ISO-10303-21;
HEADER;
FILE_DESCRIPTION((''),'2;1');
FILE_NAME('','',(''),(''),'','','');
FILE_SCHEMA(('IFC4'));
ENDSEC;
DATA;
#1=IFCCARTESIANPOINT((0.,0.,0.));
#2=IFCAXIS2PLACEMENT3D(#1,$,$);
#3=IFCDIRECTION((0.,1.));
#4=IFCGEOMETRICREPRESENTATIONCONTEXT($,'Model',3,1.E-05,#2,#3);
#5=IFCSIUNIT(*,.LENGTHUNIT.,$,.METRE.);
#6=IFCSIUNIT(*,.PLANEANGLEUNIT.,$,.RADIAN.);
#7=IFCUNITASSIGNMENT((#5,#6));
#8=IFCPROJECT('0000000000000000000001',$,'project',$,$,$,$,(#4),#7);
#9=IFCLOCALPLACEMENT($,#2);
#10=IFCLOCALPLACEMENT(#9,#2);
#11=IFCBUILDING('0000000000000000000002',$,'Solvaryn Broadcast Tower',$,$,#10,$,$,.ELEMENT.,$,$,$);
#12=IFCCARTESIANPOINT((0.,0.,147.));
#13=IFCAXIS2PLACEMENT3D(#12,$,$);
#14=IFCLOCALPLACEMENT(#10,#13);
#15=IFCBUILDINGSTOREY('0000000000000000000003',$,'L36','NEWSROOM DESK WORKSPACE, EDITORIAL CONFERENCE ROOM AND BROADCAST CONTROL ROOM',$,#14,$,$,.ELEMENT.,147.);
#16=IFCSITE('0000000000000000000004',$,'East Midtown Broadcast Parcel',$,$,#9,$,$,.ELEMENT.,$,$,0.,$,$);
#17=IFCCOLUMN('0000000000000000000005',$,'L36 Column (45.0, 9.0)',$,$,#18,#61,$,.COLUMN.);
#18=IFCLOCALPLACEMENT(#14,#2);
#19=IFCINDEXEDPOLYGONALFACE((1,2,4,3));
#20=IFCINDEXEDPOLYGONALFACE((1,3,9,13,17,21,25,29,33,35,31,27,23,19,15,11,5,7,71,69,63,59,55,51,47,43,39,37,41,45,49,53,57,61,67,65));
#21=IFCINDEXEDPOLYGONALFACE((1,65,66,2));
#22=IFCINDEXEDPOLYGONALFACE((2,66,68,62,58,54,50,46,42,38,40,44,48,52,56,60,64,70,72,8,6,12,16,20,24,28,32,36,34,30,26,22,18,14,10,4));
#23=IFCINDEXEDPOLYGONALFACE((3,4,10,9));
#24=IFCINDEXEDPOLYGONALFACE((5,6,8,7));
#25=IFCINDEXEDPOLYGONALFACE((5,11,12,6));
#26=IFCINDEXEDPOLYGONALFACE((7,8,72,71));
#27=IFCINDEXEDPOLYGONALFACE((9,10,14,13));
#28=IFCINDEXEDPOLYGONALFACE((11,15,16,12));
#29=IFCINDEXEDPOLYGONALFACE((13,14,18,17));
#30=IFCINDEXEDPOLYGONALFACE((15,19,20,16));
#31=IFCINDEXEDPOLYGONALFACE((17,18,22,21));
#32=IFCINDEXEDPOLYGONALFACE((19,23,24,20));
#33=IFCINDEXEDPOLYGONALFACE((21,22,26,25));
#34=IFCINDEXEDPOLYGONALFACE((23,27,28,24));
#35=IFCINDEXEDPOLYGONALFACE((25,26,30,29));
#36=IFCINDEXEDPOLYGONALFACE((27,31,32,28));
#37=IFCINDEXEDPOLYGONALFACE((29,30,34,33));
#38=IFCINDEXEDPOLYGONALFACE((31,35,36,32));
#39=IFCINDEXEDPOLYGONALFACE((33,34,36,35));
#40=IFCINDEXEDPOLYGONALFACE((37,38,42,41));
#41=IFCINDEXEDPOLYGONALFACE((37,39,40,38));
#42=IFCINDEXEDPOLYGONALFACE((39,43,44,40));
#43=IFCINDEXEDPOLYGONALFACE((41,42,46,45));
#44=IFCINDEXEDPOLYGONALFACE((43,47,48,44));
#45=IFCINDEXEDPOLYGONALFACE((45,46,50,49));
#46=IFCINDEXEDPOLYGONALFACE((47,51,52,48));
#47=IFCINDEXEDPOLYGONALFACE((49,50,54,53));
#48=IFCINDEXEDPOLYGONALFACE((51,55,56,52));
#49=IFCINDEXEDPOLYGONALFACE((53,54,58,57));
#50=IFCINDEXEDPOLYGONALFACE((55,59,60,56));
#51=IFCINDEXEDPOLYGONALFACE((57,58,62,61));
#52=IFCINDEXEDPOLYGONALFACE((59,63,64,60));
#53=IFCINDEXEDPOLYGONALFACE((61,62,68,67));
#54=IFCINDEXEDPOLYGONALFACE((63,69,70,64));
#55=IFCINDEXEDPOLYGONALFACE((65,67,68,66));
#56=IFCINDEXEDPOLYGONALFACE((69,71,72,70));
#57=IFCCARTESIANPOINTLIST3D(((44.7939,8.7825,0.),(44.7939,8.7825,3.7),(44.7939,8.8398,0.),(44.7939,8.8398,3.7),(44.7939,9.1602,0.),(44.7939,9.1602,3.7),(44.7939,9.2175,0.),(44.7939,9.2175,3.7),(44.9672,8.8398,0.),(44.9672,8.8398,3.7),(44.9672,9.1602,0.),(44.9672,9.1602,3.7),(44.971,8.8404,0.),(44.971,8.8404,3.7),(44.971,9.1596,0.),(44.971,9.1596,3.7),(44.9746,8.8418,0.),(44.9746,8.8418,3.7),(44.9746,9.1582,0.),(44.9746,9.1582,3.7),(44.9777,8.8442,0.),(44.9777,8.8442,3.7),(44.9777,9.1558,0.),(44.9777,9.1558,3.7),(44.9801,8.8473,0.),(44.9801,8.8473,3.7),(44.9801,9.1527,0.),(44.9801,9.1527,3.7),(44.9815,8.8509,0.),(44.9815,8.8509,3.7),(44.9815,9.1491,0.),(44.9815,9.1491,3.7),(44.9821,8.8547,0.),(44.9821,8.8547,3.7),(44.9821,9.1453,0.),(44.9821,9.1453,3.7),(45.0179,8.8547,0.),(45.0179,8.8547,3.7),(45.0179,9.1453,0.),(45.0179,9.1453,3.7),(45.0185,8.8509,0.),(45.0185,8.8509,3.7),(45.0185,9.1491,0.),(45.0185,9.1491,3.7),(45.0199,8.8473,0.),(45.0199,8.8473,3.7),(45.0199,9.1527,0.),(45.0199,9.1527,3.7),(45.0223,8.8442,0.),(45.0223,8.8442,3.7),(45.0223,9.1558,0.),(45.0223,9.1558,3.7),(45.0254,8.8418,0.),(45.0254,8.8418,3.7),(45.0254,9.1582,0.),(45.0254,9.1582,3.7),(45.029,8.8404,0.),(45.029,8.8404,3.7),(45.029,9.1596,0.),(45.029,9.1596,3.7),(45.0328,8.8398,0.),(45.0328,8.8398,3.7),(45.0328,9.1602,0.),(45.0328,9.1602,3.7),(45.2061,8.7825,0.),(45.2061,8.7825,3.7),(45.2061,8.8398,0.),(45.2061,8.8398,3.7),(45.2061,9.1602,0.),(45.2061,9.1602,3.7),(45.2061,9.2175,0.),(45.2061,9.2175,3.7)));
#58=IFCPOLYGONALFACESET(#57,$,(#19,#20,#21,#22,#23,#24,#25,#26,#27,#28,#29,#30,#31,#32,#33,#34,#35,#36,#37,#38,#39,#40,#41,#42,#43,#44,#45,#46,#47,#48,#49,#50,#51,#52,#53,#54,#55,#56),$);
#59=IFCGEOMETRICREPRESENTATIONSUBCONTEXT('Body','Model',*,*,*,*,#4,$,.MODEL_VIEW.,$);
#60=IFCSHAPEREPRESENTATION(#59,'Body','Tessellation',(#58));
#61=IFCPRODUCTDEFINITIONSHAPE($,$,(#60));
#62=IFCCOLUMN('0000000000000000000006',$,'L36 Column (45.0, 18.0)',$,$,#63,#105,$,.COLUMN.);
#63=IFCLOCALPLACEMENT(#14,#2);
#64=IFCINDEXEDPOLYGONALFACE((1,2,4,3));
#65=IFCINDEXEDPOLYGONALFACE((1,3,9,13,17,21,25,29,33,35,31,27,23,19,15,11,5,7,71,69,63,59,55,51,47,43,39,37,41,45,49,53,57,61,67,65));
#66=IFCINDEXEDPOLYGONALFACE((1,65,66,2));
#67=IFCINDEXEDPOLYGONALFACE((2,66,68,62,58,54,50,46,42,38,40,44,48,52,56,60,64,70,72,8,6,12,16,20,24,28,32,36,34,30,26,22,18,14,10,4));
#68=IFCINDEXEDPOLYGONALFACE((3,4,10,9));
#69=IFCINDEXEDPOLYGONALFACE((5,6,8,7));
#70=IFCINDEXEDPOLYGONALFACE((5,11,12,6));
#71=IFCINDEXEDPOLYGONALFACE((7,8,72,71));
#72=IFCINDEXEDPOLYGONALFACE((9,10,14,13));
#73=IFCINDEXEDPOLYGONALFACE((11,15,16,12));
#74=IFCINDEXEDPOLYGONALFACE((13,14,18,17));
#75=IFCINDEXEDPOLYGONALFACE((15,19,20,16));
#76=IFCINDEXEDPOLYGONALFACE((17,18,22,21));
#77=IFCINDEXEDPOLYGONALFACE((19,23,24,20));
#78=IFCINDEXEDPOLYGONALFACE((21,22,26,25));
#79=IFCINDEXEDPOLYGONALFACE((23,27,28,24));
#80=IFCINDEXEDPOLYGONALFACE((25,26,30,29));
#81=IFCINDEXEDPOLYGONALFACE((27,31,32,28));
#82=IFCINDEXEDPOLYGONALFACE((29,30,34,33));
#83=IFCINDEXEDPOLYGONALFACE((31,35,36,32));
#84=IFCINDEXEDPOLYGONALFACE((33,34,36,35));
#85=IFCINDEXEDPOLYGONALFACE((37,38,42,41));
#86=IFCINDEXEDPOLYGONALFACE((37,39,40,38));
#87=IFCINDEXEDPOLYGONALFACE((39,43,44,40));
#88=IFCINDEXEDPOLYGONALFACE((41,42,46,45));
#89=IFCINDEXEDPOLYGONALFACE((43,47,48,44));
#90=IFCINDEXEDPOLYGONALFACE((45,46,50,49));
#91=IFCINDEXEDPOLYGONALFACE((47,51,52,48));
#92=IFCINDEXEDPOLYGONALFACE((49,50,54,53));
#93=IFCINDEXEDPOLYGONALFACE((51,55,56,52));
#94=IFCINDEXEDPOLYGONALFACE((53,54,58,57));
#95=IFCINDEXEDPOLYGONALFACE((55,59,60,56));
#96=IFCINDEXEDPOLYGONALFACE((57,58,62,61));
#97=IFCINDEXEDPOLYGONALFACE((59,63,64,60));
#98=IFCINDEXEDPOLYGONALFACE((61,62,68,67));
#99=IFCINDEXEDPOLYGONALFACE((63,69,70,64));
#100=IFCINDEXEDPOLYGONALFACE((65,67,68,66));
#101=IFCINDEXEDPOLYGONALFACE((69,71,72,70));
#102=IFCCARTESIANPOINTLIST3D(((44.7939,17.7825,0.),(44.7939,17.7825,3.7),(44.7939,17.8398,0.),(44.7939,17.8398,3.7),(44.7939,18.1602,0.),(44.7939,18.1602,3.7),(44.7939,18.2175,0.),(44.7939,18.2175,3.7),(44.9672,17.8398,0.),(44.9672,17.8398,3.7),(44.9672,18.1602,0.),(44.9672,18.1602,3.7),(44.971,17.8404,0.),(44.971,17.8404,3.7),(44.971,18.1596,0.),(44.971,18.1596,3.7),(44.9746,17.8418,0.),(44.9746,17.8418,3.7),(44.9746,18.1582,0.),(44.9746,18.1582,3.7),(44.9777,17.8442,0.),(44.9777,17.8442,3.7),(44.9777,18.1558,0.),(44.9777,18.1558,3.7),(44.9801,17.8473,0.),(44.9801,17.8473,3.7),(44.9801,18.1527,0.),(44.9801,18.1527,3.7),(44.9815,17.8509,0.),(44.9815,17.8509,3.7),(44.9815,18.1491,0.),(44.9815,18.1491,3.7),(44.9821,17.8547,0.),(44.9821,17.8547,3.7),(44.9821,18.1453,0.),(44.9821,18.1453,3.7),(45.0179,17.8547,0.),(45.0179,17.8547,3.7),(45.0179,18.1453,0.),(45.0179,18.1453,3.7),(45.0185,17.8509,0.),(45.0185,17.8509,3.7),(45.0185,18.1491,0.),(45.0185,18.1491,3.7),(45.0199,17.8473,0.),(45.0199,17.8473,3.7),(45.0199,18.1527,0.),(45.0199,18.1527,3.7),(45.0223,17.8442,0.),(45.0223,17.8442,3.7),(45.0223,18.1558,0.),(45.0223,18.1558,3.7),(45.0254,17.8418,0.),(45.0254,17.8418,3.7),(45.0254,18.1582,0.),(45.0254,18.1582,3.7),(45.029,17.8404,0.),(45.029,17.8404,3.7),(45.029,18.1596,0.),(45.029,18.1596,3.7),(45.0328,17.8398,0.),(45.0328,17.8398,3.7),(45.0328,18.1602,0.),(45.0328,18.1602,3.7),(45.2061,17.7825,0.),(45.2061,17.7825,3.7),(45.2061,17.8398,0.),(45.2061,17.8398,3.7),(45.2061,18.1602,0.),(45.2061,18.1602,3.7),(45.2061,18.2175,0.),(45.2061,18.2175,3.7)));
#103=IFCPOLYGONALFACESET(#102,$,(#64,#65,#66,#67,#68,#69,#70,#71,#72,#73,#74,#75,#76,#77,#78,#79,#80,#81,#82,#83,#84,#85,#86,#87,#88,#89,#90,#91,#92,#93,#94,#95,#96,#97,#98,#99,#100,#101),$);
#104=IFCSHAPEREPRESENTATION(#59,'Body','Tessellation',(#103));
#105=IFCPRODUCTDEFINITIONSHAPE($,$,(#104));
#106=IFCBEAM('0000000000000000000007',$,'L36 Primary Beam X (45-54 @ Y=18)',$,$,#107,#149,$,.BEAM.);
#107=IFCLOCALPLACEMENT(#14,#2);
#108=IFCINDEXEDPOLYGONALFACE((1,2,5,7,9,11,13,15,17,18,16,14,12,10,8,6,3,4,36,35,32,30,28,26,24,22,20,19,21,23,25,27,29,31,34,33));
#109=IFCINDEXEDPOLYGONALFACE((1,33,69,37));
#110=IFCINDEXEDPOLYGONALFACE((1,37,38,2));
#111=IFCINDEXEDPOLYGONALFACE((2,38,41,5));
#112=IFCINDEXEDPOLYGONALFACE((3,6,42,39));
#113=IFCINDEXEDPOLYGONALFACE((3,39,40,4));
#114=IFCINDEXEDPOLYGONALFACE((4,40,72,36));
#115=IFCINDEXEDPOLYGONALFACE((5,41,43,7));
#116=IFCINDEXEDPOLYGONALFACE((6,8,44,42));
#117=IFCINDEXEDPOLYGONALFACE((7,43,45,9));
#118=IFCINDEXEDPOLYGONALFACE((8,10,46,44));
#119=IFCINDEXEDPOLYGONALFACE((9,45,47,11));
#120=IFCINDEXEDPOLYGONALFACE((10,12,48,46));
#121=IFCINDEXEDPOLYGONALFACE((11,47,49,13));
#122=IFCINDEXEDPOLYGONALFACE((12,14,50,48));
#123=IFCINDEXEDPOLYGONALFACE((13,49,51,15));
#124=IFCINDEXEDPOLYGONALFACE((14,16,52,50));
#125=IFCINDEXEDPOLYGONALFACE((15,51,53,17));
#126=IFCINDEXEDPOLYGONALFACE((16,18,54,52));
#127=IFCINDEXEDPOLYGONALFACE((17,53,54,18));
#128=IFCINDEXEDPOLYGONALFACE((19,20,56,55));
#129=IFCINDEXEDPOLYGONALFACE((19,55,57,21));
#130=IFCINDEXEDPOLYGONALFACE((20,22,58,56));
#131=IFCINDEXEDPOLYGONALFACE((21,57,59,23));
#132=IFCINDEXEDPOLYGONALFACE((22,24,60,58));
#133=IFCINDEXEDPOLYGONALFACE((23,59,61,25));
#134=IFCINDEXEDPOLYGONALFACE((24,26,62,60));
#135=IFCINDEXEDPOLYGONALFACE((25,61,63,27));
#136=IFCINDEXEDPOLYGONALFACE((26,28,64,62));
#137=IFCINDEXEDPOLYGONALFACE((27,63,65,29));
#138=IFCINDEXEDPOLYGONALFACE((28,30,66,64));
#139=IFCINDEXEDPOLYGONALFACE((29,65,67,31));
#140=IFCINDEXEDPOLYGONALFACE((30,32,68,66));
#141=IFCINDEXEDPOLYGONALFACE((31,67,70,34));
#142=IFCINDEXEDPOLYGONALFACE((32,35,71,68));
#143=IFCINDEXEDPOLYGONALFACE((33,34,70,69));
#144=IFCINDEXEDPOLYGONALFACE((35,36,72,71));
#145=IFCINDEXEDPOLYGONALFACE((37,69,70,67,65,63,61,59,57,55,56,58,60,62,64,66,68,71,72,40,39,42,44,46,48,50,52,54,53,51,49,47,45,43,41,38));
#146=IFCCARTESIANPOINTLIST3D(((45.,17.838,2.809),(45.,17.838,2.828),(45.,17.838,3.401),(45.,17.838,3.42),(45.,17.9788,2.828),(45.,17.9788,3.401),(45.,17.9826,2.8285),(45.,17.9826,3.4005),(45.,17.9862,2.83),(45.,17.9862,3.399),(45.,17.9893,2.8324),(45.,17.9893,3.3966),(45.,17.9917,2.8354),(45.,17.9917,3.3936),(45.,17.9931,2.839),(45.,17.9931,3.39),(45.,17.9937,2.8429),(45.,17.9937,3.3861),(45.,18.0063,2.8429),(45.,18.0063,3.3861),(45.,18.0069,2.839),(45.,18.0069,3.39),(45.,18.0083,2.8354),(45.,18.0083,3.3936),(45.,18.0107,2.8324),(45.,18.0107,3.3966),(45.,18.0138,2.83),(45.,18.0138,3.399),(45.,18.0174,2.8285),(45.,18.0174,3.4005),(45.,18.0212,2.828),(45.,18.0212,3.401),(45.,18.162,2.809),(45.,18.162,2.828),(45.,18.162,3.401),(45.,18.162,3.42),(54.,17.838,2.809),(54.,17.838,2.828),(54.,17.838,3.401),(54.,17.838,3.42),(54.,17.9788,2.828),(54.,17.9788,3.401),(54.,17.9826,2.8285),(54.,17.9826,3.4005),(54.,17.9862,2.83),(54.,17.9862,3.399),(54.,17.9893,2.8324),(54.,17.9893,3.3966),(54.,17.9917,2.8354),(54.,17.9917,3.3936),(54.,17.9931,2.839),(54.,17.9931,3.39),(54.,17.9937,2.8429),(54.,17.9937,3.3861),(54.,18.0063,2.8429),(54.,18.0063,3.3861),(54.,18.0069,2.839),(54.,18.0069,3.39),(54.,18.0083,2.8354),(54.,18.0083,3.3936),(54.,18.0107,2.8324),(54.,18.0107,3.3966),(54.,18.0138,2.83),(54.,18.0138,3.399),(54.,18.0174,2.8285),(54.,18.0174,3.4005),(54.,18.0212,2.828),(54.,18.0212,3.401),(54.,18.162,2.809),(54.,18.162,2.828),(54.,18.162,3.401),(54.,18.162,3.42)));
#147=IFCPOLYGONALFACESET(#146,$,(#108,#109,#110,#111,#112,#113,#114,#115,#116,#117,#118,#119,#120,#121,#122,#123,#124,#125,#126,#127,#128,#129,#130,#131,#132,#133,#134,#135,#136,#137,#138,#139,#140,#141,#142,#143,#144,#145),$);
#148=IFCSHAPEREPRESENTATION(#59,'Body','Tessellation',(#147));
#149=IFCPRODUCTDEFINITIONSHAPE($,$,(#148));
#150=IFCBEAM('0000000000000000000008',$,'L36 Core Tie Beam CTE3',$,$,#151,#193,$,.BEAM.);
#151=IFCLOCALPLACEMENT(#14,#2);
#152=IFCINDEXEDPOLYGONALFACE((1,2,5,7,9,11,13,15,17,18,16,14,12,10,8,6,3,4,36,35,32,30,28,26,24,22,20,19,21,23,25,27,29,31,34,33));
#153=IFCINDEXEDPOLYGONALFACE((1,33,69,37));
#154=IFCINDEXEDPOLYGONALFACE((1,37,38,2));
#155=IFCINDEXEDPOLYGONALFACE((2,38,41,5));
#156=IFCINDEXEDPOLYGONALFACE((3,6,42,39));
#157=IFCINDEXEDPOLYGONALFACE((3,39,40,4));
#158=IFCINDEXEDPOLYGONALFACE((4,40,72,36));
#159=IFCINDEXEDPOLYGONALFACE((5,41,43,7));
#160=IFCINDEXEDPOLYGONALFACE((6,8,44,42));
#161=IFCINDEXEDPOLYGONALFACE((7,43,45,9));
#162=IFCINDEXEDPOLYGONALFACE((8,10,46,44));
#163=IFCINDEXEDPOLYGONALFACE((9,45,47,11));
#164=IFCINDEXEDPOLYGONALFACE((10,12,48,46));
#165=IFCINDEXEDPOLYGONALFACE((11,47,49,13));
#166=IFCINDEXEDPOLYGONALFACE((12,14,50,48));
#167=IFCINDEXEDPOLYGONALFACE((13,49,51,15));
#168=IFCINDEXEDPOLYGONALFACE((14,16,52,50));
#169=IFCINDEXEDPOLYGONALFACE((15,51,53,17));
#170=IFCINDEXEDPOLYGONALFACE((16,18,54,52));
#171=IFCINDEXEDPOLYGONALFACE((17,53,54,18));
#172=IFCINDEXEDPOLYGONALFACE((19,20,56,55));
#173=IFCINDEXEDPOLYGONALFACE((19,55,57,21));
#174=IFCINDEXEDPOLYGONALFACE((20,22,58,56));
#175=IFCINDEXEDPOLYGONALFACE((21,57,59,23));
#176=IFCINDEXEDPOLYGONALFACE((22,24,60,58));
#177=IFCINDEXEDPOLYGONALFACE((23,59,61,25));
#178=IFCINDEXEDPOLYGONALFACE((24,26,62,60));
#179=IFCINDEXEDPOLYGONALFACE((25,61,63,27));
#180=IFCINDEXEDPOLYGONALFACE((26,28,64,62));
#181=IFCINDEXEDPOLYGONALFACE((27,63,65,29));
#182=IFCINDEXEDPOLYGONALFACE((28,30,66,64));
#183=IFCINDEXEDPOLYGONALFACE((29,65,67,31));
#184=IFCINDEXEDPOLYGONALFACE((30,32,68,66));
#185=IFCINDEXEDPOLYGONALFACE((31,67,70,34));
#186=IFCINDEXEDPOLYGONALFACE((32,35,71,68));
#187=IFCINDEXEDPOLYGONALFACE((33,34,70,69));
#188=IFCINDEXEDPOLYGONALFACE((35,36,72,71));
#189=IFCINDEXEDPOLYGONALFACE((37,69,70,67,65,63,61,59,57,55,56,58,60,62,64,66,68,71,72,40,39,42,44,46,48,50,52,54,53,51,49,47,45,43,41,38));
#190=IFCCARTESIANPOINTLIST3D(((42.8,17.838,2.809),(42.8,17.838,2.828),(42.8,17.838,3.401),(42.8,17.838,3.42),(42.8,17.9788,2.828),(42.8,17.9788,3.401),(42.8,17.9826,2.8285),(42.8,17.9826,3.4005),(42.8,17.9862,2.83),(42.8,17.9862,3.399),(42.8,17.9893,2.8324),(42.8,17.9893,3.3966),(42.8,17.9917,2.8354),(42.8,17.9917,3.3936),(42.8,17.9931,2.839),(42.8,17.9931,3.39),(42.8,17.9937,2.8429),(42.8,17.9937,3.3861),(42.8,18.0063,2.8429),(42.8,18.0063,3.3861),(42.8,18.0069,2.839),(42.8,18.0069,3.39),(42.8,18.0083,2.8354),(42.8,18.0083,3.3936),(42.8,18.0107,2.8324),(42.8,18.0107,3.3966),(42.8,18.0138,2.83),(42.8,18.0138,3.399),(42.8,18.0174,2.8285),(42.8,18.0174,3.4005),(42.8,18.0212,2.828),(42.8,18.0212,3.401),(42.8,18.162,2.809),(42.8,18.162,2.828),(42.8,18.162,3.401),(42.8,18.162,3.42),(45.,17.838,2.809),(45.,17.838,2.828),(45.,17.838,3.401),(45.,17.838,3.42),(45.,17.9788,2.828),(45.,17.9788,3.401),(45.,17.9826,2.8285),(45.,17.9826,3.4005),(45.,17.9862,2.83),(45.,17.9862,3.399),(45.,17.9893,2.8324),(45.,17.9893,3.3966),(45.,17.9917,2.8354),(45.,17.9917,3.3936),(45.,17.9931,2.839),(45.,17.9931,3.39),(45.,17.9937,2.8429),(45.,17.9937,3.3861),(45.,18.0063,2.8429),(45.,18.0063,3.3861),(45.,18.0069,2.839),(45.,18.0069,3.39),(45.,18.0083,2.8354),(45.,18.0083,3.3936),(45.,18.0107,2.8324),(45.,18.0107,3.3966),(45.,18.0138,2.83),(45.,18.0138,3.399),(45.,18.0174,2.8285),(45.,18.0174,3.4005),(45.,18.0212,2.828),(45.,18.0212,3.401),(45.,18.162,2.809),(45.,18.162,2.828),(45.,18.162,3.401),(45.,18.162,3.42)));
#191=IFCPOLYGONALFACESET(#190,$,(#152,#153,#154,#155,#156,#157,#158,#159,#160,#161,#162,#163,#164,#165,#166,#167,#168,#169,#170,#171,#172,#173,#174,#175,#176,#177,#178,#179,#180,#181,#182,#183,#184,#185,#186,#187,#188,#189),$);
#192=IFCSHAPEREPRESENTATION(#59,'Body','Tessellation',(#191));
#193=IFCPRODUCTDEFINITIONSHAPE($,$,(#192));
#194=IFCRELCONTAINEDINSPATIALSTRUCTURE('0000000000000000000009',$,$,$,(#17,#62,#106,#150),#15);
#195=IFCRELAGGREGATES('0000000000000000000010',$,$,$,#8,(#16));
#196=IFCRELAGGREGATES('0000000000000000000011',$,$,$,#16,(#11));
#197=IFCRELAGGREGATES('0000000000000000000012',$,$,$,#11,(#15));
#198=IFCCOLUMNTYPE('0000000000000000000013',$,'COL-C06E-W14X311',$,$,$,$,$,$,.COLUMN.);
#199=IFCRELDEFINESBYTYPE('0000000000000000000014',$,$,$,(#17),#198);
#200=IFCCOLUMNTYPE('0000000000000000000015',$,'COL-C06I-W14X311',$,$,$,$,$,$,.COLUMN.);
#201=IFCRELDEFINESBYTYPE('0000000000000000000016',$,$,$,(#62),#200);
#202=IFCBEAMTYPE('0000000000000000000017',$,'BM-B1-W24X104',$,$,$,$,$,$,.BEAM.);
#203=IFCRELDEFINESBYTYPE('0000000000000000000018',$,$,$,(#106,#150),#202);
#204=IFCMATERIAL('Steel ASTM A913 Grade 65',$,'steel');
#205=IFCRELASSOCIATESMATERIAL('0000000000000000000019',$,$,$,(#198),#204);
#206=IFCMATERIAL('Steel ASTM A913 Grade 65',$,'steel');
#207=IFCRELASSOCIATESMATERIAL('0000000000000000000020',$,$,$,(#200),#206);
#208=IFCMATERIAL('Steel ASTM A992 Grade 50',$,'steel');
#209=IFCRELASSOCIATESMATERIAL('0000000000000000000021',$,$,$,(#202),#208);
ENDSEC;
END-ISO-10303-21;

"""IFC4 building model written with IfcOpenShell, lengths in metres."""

from ifc_helpers import new_model, si_unit, direction, frame, origin, origin_2d, place, context, subcontext, project, spatial, i_section, extrude, material, material_profile, profile_set, type_object, element, save


model = new_model("IFC4")

# Units and contexts
model_context = context("Model", 3, precision=1e-05, world=origin(), true_north=direction((0.0, 1.0)))
body_context = subcontext(model_context, "Body", "Model", "MODEL_VIEW")
ifc_project = project(units=[si_unit("LENGTHUNIT", "METRE"), si_unit("PLANEANGLEUNIT", "RADIAN")], contexts=[model_context])

# Site, building, storey
site_placement = place(None, origin())
site = spatial("IfcSite", under=ifc_project, at=site_placement, Name="East Midtown Broadcast Parcel", CompositionType="ELEMENT", RefElevation=0.0)
building_placement = place(site_placement, origin())
building = spatial("IfcBuilding", under=site, at=building_placement, Name="Solvaryn Broadcast Tower", CompositionType="ELEMENT")
storey_placement = place(building_placement, frame((0.0, 0.0, 147.0)))
storey = spatial("IfcBuildingStorey", under=building, at=storey_placement, Name="L36", Description="NEWSROOM DESK WORKSPACE, EDITORIAL CONFERENCE ROOM AND BROADCAST CONTROL ROOM", CompositionType="ELEMENT", Elevation=147.0)

# Columns
ifc_material_1 = material(Name="Steel ASTM A913 Grade 65", Category="steel")
ifc_material_profile_1 = material_profile(ifc_material_1, i_section(OverallWidth=0.4121, OverallDepth=0.4351, WebThickness=0.0359, FlangeThickness=0.0574, FilletRadius=0.0149, at=origin_2d()))
ifc_profile_set_1 = profile_set([ifc_material_profile_1], Name="Steel ASTM A913 Grade 65")
column_type_1 = type_object("IfcColumnType", Name="COL-C06E-W14X311", PredefinedType="COLUMN", material=ifc_profile_set_1)
column_1_placement = place(storey_placement, frame((45.0, 9.0, 0.0), z_axis=(0.0, 0.0, 1.0), x_axis=(1.0, 0.0, 0.0)))
element("IfcColumn", 1, at=column_1_placement, inside=storey, type_object=column_type_1, Name="L36 Column (45.0, 9.0)", PredefinedType="COLUMN", context=body_context, shape_type="SweptSolid", body=[
    extrude(i_section(OverallWidth=0.4121, OverallDepth=0.4351, WebThickness=0.0359, FlangeThickness=0.0574, FilletRadius=0.0149, at=origin_2d()), origin(), (0.0, 0.0, 1.0), 3.7),
])
ifc_material_2 = material(Name="Steel ASTM A913 Grade 65", Category="steel")
ifc_material_profile_2 = material_profile(ifc_material_2, i_section(OverallWidth=0.4121, OverallDepth=0.4351, WebThickness=0.0359, FlangeThickness=0.0574, FilletRadius=0.0149, at=origin_2d()))
ifc_profile_set_2 = profile_set([ifc_material_profile_2], Name="Steel ASTM A913 Grade 65")
column_type_2 = type_object("IfcColumnType", Name="COL-C06I-W14X311", PredefinedType="COLUMN", material=ifc_profile_set_2)
column_2_placement = place(storey_placement, frame((45.0, 18.0, 0.0), z_axis=(0.0, 0.0, 1.0), x_axis=(1.0, 0.0, 0.0)))
element("IfcColumn", 2, at=column_2_placement, inside=storey, type_object=column_type_2, Name="L36 Column (45.0, 18.0)", PredefinedType="COLUMN", context=body_context, shape_type="SweptSolid", body=[
    extrude(i_section(OverallWidth=0.4121, OverallDepth=0.4351, WebThickness=0.0359, FlangeThickness=0.0574, FilletRadius=0.0149, at=origin_2d()), origin(), (0.0, 0.0, 1.0), 3.7),
])

# Beams
ifc_material_3 = material(Name="Steel ASTM A992 Grade 50", Category="steel")
ifc_material_profile_3 = material_profile(ifc_material_3, i_section(OverallWidth=0.324, OverallDepth=0.6111, WebThickness=0.0127, FlangeThickness=0.019, FilletRadius=0.0149, at=origin_2d()))
ifc_profile_set_3 = profile_set([ifc_material_profile_3], Name="Steel ASTM A992 Grade 50")
beam_type = type_object("IfcBeamType", Name="BM-B1-W24X104", PredefinedType="BEAM", material=ifc_profile_set_3)
beam_1_placement = place(storey_placement, frame((45.0, 18.0, 3.1145), z_axis=(1.0, 0.0, 0.0), x_axis=(0.0, 1.0, 0.0)))
element("IfcBeam", 3, at=beam_1_placement, inside=storey, type_object=beam_type, Name="L36 Primary Beam X (45-54 @ Y=18)", PredefinedType="BEAM", context=body_context, shape_type="SweptSolid", body=[
    extrude(i_section(OverallWidth=0.324, OverallDepth=0.6111, WebThickness=0.0127, FlangeThickness=0.019, FilletRadius=0.0149, at=origin_2d()), origin(), (0.0, 0.0, 1.0), 9.0),
])
beam_2_placement = place(storey_placement, frame((42.8, 18.0, 3.1145), z_axis=(1.0, 0.0, 0.0), x_axis=(0.0, 1.0, 0.0)))
element("IfcBeam", 4, at=beam_2_placement, inside=storey, type_object=beam_type, Name="L36 Core Tie Beam CTE3", PredefinedType="BEAM", context=body_context, shape_type="SweptSolid", body=[
    extrude(i_section(OverallWidth=0.324, OverallDepth=0.6111, WebThickness=0.0127, FlangeThickness=0.019, FilletRadius=0.0149, at=origin_2d()), origin(), (0.0, 0.0, 1.0), 2.2),
])

save(model, "model.ifc")
